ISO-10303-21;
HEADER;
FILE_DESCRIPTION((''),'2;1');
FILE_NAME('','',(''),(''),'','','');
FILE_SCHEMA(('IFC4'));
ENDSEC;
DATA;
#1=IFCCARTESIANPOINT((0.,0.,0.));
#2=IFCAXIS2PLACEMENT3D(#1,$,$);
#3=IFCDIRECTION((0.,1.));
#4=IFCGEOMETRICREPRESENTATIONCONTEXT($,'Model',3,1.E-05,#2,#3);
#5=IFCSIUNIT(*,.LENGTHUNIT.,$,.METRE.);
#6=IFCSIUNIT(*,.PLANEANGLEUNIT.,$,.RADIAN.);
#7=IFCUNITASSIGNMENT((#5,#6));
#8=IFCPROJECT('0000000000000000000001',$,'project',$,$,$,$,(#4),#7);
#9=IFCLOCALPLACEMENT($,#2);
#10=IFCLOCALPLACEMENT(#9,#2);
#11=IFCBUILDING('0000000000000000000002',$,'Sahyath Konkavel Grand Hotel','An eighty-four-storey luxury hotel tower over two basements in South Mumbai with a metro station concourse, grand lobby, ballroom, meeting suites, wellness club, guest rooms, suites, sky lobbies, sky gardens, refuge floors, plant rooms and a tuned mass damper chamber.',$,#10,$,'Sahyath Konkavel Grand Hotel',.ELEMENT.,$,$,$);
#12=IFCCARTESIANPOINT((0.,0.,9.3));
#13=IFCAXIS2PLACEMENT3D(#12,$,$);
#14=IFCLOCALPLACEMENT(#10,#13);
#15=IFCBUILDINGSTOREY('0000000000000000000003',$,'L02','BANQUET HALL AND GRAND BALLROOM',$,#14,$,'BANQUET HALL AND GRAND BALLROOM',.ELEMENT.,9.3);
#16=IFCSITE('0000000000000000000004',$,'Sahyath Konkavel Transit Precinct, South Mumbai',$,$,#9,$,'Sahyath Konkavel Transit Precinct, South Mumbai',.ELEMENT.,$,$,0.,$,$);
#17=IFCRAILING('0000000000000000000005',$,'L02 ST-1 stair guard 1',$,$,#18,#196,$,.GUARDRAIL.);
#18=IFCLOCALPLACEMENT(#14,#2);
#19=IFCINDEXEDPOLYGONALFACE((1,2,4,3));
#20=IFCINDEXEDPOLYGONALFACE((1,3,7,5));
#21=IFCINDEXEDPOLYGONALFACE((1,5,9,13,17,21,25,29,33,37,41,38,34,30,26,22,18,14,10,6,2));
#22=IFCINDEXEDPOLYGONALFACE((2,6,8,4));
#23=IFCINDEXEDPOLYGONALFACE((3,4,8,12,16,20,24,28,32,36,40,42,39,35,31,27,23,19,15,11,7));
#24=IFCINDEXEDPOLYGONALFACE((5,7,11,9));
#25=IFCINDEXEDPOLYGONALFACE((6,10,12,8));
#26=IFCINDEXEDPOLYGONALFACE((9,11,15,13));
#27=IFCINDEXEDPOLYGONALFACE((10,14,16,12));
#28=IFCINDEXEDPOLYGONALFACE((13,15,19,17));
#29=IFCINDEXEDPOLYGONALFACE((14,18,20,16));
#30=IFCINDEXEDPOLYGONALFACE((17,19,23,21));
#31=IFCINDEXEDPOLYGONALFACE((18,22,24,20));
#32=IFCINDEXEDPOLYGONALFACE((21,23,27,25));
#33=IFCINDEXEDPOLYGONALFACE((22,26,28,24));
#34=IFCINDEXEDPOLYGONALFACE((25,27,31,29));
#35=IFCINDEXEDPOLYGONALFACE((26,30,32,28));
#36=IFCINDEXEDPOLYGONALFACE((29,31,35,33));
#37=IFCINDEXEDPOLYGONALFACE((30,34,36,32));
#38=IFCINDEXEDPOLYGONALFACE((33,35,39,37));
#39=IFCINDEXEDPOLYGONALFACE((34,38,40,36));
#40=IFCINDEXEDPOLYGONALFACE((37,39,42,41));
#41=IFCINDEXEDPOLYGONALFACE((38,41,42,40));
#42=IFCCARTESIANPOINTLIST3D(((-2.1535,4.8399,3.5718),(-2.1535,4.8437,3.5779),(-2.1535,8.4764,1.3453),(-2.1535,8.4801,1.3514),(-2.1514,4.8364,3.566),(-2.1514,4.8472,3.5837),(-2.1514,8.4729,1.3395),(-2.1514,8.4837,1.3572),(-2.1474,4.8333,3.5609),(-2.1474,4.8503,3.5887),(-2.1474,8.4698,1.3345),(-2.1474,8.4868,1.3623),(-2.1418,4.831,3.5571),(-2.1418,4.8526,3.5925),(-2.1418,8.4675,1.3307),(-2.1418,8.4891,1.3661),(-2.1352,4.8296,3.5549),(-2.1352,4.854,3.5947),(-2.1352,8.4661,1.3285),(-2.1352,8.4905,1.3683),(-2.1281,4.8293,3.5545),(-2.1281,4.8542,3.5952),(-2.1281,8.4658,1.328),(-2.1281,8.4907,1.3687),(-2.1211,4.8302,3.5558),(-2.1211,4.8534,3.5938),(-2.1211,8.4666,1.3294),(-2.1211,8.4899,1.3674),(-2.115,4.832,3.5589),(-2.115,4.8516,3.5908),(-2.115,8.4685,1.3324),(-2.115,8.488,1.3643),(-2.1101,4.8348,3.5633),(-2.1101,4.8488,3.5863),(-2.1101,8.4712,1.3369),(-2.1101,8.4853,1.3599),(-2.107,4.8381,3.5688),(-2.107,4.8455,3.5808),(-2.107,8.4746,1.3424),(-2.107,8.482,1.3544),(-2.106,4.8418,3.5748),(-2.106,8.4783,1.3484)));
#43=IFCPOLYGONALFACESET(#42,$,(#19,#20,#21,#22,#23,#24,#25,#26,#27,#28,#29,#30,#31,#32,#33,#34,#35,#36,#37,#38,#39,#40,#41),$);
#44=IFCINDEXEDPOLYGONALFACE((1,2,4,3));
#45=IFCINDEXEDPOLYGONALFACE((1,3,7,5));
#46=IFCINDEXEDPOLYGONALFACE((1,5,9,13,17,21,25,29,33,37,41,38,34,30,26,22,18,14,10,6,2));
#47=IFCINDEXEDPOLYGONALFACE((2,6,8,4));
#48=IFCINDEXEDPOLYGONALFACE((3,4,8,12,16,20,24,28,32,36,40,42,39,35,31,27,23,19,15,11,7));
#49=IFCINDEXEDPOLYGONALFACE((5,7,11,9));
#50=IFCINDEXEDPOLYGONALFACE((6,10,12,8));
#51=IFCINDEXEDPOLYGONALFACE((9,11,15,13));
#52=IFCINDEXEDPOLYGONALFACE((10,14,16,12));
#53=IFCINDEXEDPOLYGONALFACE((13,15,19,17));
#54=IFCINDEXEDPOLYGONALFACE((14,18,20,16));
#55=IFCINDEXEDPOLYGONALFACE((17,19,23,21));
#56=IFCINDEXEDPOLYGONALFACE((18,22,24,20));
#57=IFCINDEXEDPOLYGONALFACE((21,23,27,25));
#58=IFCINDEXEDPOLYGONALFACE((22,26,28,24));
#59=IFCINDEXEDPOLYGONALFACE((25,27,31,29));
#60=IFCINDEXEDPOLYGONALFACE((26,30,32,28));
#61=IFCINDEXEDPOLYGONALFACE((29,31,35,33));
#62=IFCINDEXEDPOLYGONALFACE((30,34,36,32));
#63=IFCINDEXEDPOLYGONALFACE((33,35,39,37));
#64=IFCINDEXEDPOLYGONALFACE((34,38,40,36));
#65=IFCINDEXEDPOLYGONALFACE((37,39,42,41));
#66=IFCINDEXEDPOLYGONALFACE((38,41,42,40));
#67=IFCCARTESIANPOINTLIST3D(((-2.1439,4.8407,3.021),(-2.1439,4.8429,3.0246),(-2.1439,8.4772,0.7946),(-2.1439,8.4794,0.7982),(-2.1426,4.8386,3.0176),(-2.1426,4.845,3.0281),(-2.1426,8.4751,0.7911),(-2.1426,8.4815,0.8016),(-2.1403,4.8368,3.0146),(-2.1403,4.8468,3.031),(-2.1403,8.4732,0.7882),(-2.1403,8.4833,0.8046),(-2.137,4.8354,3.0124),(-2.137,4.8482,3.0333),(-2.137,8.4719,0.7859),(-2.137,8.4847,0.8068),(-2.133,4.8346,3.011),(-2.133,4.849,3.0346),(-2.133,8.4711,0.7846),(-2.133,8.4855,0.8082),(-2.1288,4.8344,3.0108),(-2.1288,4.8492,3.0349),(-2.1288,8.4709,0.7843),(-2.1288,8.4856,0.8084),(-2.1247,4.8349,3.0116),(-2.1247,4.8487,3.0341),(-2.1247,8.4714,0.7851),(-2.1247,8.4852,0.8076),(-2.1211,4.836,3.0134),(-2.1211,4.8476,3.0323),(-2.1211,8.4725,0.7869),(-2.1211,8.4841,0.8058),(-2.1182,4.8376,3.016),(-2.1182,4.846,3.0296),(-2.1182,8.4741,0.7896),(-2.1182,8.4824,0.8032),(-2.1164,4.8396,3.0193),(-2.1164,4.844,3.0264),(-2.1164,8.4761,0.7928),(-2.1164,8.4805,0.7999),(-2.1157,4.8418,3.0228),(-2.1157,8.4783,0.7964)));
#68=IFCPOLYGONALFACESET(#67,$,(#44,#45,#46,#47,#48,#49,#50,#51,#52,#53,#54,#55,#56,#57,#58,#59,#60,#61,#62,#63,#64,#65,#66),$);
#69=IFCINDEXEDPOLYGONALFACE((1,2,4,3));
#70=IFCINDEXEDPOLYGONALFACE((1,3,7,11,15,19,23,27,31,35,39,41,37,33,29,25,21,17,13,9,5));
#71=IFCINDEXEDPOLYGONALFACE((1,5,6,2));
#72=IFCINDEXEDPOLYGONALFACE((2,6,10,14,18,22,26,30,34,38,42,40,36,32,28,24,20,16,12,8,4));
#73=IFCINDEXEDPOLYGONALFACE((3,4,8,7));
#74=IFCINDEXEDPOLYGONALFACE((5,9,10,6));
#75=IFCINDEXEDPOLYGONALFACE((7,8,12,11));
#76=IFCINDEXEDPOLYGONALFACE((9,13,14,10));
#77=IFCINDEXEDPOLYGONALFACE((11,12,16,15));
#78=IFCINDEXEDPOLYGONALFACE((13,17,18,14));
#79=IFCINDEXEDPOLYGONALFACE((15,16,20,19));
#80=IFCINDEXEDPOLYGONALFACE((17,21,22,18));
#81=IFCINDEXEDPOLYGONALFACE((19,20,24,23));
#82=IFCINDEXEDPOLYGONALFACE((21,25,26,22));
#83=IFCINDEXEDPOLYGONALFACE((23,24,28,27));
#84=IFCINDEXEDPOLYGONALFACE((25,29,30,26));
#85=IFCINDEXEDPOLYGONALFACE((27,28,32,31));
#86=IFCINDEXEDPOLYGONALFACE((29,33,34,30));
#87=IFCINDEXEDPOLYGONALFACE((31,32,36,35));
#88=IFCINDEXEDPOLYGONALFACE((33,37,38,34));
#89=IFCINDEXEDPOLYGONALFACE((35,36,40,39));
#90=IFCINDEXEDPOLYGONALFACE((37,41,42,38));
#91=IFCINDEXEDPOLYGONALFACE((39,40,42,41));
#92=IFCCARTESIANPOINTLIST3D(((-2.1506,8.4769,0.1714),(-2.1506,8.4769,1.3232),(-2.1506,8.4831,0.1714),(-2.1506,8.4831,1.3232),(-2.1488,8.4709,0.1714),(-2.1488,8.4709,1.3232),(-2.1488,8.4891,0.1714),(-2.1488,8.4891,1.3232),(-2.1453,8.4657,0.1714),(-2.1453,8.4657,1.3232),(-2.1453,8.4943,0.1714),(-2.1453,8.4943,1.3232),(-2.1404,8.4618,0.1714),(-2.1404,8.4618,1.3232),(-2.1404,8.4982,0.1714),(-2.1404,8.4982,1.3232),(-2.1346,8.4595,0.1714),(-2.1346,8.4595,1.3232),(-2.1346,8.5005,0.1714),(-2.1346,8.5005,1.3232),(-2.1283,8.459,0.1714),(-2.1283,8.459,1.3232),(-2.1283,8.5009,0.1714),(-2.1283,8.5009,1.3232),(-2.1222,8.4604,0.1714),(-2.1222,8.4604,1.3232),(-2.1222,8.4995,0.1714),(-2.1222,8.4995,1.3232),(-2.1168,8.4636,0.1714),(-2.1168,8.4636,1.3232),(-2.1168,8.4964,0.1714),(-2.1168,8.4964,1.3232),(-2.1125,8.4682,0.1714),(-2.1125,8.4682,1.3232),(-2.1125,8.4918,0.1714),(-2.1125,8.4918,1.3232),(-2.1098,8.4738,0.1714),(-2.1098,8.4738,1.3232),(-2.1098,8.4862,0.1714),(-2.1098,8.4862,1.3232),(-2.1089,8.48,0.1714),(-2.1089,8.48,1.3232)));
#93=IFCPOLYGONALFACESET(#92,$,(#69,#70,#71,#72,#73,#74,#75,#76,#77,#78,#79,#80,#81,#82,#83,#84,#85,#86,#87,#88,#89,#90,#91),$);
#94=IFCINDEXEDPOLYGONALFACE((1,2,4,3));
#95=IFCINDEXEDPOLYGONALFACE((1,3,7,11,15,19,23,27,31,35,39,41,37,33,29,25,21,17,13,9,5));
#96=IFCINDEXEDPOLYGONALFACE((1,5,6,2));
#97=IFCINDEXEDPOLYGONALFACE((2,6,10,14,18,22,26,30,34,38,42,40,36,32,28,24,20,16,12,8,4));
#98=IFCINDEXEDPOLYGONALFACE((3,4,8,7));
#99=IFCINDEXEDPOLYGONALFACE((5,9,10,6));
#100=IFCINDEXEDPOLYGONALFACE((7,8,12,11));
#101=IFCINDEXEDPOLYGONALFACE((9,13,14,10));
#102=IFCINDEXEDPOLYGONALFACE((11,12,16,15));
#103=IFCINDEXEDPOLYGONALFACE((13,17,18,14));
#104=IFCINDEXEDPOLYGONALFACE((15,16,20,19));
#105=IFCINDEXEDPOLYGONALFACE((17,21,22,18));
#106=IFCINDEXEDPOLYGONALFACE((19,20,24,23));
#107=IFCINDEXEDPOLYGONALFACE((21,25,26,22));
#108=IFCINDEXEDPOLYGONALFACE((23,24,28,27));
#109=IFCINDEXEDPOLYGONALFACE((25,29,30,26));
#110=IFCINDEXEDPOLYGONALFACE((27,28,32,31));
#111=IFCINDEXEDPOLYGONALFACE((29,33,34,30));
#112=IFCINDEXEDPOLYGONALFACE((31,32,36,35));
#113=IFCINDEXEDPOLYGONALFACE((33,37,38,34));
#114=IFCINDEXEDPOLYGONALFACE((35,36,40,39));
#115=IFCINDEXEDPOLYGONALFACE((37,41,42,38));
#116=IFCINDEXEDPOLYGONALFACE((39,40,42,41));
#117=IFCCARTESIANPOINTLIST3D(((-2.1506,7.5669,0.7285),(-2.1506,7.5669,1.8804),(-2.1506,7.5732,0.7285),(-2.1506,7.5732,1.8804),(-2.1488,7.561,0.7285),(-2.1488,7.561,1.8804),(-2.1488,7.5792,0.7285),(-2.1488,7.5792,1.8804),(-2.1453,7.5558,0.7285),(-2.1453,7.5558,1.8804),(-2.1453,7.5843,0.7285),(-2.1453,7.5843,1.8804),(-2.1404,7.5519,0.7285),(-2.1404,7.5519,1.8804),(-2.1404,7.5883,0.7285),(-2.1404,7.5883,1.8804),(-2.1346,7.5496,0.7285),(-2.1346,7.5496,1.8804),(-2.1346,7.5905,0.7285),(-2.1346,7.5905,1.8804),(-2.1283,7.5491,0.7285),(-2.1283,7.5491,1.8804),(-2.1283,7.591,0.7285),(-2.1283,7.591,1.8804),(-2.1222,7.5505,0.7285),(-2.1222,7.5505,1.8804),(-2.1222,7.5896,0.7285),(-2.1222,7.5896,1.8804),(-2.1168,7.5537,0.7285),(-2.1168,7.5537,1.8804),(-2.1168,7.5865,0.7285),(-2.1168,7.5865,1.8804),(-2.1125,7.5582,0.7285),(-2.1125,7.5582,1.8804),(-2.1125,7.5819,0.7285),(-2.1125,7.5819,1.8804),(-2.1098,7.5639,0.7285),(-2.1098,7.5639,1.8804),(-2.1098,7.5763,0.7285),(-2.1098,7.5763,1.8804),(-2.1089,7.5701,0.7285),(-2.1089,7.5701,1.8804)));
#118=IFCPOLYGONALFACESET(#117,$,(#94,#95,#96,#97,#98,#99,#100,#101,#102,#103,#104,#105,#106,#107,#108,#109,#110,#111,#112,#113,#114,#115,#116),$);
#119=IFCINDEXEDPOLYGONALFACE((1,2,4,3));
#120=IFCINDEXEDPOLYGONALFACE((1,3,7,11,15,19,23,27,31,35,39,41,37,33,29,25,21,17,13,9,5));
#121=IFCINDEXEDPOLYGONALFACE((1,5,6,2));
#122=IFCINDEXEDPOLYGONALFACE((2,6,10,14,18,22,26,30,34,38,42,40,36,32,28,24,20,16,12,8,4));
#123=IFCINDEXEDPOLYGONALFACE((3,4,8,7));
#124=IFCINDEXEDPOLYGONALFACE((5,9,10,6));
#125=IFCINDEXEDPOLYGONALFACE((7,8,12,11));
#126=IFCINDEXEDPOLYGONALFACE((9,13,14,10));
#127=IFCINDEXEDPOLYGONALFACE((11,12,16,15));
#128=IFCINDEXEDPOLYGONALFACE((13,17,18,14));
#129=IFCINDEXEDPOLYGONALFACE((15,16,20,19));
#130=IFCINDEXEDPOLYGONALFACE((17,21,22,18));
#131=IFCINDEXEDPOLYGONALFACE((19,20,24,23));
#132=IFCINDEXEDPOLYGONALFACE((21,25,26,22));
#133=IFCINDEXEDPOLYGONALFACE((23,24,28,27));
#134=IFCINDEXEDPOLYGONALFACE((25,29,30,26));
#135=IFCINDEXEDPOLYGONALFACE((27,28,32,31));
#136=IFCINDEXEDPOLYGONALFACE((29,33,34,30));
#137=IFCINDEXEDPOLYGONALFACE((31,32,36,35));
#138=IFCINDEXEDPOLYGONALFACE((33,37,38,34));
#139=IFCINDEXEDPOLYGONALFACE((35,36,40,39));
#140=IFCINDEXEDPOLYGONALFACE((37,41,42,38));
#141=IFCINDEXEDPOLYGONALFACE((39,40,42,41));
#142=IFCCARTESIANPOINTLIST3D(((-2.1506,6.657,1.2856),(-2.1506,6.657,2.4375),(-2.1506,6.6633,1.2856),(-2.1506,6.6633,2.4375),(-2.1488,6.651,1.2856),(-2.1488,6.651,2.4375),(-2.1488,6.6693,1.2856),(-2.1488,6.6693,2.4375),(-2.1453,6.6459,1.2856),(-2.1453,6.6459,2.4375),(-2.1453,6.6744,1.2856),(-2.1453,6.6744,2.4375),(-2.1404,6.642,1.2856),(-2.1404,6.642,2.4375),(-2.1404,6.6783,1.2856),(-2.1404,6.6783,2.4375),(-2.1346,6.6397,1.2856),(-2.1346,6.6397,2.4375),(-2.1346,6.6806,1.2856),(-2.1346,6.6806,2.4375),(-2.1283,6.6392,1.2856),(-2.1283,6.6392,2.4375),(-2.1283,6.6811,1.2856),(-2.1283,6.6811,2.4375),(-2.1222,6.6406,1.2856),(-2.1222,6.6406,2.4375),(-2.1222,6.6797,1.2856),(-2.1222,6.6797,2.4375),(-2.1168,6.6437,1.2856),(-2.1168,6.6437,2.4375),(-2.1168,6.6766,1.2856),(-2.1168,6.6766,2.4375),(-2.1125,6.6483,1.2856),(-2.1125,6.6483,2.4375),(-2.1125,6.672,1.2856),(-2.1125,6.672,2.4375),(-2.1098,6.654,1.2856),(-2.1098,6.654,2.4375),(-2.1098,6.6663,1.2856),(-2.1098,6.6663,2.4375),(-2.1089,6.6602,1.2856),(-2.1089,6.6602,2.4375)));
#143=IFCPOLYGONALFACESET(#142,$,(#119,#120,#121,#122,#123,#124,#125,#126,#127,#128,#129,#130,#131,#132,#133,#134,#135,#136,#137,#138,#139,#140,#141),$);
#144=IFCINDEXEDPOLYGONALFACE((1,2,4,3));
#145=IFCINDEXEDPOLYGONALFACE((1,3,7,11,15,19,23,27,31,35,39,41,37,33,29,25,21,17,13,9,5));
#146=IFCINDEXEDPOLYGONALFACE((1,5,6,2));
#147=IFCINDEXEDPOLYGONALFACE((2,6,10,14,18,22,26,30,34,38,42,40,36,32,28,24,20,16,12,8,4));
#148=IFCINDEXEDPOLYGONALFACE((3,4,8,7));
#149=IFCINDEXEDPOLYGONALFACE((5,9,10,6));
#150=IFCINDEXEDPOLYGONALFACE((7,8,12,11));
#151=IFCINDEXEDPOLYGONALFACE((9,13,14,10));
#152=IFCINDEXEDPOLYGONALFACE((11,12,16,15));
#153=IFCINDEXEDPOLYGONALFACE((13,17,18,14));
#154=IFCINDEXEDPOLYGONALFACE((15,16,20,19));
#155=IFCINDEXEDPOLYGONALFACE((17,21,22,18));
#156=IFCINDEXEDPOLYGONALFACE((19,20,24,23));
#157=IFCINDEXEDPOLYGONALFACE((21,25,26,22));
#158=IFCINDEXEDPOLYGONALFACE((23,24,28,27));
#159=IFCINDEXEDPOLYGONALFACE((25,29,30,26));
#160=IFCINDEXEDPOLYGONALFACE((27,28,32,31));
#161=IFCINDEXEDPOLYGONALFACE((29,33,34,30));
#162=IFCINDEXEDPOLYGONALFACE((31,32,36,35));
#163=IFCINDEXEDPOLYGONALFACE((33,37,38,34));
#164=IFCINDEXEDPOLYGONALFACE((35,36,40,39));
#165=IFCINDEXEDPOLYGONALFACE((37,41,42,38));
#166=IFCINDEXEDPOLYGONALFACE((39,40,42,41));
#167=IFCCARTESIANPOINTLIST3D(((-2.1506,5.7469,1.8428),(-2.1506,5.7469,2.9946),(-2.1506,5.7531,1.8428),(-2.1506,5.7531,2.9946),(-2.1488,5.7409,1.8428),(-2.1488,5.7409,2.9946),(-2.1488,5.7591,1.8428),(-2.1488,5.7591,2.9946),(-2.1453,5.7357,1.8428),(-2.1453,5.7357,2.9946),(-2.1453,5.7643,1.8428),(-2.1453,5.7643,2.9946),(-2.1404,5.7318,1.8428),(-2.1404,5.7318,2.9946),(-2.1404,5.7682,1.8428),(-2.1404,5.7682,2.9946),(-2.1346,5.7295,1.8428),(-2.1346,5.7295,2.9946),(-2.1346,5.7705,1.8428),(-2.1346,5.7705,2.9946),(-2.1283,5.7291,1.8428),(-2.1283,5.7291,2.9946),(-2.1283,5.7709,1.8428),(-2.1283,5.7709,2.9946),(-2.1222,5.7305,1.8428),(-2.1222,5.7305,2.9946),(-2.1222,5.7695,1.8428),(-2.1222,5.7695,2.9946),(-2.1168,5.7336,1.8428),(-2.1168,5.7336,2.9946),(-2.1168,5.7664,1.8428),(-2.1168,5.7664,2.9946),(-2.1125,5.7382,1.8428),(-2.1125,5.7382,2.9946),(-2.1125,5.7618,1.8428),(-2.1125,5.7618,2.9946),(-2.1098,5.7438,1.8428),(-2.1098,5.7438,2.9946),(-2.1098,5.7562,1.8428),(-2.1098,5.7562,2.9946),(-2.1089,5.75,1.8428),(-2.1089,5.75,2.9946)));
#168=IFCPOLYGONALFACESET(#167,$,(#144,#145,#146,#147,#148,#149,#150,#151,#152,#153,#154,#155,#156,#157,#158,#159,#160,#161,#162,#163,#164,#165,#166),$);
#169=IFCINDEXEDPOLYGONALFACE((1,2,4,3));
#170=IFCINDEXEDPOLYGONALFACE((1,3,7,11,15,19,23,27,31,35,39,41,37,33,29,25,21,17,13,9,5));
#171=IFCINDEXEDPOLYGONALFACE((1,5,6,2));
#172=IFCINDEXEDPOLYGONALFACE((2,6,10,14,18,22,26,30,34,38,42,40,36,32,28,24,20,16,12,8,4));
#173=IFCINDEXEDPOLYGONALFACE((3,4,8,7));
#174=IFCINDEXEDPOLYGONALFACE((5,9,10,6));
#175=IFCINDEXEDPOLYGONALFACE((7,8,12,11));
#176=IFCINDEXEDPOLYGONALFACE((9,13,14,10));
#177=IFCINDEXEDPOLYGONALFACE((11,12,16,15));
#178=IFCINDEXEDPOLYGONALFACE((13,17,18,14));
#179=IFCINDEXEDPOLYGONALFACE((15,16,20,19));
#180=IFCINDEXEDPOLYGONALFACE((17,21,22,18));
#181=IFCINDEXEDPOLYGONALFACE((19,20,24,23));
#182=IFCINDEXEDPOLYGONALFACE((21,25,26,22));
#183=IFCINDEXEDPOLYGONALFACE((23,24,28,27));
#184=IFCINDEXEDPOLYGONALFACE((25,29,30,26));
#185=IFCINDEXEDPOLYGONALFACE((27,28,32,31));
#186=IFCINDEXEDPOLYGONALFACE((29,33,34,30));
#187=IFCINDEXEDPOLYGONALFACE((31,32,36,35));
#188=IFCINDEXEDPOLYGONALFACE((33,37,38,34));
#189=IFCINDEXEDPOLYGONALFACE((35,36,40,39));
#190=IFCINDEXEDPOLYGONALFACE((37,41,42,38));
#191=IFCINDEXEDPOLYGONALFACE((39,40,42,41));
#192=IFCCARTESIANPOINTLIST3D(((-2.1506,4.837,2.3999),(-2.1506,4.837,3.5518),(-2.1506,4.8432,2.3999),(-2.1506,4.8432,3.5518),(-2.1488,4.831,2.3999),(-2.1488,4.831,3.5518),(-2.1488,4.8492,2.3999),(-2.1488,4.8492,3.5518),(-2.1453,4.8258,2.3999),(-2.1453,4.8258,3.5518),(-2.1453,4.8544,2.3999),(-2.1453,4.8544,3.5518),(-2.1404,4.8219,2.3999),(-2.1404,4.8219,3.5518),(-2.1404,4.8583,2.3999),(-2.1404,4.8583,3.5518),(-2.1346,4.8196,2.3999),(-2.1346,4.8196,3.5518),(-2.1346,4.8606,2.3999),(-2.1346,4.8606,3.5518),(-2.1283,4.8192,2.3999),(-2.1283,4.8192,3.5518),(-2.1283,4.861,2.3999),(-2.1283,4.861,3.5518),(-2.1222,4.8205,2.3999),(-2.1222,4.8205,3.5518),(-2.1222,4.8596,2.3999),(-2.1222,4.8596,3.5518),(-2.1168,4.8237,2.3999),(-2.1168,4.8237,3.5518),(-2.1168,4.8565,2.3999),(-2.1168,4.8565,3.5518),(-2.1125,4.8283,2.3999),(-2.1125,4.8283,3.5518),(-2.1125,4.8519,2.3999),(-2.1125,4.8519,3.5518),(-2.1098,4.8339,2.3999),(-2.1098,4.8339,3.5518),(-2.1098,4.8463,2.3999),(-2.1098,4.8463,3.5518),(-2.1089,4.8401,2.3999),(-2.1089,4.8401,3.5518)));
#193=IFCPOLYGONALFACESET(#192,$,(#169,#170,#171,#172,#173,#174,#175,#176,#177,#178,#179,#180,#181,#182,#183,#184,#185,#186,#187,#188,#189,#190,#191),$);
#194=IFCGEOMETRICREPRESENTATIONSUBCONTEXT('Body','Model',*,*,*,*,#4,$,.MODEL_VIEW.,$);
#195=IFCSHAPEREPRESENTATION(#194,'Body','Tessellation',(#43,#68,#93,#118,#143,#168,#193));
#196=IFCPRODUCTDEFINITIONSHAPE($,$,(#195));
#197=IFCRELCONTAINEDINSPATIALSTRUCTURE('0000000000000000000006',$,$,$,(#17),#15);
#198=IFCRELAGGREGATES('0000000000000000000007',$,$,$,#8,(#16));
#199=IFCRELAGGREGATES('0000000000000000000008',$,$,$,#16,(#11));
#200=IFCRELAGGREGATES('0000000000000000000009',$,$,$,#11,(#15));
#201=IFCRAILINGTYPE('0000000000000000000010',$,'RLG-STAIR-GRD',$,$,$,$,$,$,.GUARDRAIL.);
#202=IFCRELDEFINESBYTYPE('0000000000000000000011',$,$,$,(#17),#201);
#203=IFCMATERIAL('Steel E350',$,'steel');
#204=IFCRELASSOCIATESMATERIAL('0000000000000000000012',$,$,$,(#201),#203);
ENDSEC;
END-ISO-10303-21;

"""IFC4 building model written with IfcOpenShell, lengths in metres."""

from ifc_helpers import new_model, si_unit, direction, frame, origin, origin_2d, place, context, subcontext, project, spatial, circle, extrude, material, type_object, element, save


model = new_model("IFC4")

# Units and contexts
model_context = context("Model", 3, precision=1e-05, world=origin(), true_north=direction((0.0, 1.0)))
body_context = subcontext(model_context, "Body", "Model", "MODEL_VIEW")
ifc_project = project(units=[si_unit("LENGTHUNIT", "METRE"), si_unit("PLANEANGLEUNIT", "RADIAN")], contexts=[model_context])

# Site, building, storey
site_placement = place(None, origin())
site = spatial("IfcSite", under=ifc_project, at=site_placement, Name="Sahyath Konkavel Transit Precinct, South Mumbai", LongName="Sahyath Konkavel Transit Precinct, South Mumbai", CompositionType="ELEMENT", RefElevation=0.0)
building_placement = place(site_placement, origin())
building = spatial("IfcBuilding", under=site, at=building_placement, Name="Sahyath Konkavel Grand Hotel", Description="An eighty-four-storey luxury hotel tower over two basements in South Mumbai with a metro station concourse, grand lobby, ballroom, meeting suites, wellness club, guest rooms, suites, sky lobbies, sky gardens, refuge floors, plant rooms and a tuned mass damper chamber.", LongName="Sahyath Konkavel Grand Hotel", CompositionType="ELEMENT")
storey_placement = place(building_placement, frame((0.0, 0.0, 9.3)))
storey = spatial("IfcBuildingStorey", under=building, at=storey_placement, Name="L02", Description="BANQUET HALL AND GRAND BALLROOM", LongName="BANQUET HALL AND GRAND BALLROOM", CompositionType="ELEMENT", Elevation=9.3)

# Shared definitions
ifc_material_1 = material(Name="Steel E350", Category="steel")

# Railing
railing_type_1 = type_object("IfcRailingType", Name="RLG-STAIR-GRD", PredefinedType="GUARDRAIL", material=ifc_material_1)
railing_1_placement = place(storey_placement, frame((-2.1299, 8.48, 0.1714)))
element("IfcRailing", 1, at=railing_1_placement, inside=storey, type_object=railing_type_1, Name="L02 ST-1 stair guard 1", PredefinedType="GUARDRAIL", context=body_context, shape_type="SweptSolid", body=[
    extrude(circle(Radius=0.0239, at=origin_2d()), frame((0.0, -0.0017, 1.177), z_axis=(0.0, -0.85285, 0.522156), x_axis=(1.0, 0.0, 0.0)), (0.0, 0.0, 1.0), 4.2639),
    extrude(circle(Radius=0.0142, at=origin_2d()), frame((0.0, -0.0017, 0.625), z_axis=(0.0, -0.85285, 0.522156), x_axis=(1.0, 0.0, 0.0)), (0.0, 0.0, 1.0), 4.2639),
    extrude(circle(Radius=0.021, at=origin_2d()), origin(), (0.0, 0.0, 1.0), 1.1519),
    extrude(circle(Radius=0.021, at=origin_2d()), frame((0.0, -0.9099, 0.5571)), (0.0, 0.0, 1.0), 1.1519),
    extrude(circle(Radius=0.021, at=origin_2d()), frame((0.0, -1.8198, 1.1143)), (0.0, 0.0, 1.0), 1.1519),
    extrude(circle(Radius=0.021, at=origin_2d()), frame((0.0, -2.73, 1.6714)), (0.0, 0.0, 1.0), 1.1519),
    extrude(circle(Radius=0.021, at=origin_2d()), frame((0.0, -3.6399, 2.2285)), (0.0, 0.0, 1.0), 1.1519),
])

save(model, "model.ifc")
